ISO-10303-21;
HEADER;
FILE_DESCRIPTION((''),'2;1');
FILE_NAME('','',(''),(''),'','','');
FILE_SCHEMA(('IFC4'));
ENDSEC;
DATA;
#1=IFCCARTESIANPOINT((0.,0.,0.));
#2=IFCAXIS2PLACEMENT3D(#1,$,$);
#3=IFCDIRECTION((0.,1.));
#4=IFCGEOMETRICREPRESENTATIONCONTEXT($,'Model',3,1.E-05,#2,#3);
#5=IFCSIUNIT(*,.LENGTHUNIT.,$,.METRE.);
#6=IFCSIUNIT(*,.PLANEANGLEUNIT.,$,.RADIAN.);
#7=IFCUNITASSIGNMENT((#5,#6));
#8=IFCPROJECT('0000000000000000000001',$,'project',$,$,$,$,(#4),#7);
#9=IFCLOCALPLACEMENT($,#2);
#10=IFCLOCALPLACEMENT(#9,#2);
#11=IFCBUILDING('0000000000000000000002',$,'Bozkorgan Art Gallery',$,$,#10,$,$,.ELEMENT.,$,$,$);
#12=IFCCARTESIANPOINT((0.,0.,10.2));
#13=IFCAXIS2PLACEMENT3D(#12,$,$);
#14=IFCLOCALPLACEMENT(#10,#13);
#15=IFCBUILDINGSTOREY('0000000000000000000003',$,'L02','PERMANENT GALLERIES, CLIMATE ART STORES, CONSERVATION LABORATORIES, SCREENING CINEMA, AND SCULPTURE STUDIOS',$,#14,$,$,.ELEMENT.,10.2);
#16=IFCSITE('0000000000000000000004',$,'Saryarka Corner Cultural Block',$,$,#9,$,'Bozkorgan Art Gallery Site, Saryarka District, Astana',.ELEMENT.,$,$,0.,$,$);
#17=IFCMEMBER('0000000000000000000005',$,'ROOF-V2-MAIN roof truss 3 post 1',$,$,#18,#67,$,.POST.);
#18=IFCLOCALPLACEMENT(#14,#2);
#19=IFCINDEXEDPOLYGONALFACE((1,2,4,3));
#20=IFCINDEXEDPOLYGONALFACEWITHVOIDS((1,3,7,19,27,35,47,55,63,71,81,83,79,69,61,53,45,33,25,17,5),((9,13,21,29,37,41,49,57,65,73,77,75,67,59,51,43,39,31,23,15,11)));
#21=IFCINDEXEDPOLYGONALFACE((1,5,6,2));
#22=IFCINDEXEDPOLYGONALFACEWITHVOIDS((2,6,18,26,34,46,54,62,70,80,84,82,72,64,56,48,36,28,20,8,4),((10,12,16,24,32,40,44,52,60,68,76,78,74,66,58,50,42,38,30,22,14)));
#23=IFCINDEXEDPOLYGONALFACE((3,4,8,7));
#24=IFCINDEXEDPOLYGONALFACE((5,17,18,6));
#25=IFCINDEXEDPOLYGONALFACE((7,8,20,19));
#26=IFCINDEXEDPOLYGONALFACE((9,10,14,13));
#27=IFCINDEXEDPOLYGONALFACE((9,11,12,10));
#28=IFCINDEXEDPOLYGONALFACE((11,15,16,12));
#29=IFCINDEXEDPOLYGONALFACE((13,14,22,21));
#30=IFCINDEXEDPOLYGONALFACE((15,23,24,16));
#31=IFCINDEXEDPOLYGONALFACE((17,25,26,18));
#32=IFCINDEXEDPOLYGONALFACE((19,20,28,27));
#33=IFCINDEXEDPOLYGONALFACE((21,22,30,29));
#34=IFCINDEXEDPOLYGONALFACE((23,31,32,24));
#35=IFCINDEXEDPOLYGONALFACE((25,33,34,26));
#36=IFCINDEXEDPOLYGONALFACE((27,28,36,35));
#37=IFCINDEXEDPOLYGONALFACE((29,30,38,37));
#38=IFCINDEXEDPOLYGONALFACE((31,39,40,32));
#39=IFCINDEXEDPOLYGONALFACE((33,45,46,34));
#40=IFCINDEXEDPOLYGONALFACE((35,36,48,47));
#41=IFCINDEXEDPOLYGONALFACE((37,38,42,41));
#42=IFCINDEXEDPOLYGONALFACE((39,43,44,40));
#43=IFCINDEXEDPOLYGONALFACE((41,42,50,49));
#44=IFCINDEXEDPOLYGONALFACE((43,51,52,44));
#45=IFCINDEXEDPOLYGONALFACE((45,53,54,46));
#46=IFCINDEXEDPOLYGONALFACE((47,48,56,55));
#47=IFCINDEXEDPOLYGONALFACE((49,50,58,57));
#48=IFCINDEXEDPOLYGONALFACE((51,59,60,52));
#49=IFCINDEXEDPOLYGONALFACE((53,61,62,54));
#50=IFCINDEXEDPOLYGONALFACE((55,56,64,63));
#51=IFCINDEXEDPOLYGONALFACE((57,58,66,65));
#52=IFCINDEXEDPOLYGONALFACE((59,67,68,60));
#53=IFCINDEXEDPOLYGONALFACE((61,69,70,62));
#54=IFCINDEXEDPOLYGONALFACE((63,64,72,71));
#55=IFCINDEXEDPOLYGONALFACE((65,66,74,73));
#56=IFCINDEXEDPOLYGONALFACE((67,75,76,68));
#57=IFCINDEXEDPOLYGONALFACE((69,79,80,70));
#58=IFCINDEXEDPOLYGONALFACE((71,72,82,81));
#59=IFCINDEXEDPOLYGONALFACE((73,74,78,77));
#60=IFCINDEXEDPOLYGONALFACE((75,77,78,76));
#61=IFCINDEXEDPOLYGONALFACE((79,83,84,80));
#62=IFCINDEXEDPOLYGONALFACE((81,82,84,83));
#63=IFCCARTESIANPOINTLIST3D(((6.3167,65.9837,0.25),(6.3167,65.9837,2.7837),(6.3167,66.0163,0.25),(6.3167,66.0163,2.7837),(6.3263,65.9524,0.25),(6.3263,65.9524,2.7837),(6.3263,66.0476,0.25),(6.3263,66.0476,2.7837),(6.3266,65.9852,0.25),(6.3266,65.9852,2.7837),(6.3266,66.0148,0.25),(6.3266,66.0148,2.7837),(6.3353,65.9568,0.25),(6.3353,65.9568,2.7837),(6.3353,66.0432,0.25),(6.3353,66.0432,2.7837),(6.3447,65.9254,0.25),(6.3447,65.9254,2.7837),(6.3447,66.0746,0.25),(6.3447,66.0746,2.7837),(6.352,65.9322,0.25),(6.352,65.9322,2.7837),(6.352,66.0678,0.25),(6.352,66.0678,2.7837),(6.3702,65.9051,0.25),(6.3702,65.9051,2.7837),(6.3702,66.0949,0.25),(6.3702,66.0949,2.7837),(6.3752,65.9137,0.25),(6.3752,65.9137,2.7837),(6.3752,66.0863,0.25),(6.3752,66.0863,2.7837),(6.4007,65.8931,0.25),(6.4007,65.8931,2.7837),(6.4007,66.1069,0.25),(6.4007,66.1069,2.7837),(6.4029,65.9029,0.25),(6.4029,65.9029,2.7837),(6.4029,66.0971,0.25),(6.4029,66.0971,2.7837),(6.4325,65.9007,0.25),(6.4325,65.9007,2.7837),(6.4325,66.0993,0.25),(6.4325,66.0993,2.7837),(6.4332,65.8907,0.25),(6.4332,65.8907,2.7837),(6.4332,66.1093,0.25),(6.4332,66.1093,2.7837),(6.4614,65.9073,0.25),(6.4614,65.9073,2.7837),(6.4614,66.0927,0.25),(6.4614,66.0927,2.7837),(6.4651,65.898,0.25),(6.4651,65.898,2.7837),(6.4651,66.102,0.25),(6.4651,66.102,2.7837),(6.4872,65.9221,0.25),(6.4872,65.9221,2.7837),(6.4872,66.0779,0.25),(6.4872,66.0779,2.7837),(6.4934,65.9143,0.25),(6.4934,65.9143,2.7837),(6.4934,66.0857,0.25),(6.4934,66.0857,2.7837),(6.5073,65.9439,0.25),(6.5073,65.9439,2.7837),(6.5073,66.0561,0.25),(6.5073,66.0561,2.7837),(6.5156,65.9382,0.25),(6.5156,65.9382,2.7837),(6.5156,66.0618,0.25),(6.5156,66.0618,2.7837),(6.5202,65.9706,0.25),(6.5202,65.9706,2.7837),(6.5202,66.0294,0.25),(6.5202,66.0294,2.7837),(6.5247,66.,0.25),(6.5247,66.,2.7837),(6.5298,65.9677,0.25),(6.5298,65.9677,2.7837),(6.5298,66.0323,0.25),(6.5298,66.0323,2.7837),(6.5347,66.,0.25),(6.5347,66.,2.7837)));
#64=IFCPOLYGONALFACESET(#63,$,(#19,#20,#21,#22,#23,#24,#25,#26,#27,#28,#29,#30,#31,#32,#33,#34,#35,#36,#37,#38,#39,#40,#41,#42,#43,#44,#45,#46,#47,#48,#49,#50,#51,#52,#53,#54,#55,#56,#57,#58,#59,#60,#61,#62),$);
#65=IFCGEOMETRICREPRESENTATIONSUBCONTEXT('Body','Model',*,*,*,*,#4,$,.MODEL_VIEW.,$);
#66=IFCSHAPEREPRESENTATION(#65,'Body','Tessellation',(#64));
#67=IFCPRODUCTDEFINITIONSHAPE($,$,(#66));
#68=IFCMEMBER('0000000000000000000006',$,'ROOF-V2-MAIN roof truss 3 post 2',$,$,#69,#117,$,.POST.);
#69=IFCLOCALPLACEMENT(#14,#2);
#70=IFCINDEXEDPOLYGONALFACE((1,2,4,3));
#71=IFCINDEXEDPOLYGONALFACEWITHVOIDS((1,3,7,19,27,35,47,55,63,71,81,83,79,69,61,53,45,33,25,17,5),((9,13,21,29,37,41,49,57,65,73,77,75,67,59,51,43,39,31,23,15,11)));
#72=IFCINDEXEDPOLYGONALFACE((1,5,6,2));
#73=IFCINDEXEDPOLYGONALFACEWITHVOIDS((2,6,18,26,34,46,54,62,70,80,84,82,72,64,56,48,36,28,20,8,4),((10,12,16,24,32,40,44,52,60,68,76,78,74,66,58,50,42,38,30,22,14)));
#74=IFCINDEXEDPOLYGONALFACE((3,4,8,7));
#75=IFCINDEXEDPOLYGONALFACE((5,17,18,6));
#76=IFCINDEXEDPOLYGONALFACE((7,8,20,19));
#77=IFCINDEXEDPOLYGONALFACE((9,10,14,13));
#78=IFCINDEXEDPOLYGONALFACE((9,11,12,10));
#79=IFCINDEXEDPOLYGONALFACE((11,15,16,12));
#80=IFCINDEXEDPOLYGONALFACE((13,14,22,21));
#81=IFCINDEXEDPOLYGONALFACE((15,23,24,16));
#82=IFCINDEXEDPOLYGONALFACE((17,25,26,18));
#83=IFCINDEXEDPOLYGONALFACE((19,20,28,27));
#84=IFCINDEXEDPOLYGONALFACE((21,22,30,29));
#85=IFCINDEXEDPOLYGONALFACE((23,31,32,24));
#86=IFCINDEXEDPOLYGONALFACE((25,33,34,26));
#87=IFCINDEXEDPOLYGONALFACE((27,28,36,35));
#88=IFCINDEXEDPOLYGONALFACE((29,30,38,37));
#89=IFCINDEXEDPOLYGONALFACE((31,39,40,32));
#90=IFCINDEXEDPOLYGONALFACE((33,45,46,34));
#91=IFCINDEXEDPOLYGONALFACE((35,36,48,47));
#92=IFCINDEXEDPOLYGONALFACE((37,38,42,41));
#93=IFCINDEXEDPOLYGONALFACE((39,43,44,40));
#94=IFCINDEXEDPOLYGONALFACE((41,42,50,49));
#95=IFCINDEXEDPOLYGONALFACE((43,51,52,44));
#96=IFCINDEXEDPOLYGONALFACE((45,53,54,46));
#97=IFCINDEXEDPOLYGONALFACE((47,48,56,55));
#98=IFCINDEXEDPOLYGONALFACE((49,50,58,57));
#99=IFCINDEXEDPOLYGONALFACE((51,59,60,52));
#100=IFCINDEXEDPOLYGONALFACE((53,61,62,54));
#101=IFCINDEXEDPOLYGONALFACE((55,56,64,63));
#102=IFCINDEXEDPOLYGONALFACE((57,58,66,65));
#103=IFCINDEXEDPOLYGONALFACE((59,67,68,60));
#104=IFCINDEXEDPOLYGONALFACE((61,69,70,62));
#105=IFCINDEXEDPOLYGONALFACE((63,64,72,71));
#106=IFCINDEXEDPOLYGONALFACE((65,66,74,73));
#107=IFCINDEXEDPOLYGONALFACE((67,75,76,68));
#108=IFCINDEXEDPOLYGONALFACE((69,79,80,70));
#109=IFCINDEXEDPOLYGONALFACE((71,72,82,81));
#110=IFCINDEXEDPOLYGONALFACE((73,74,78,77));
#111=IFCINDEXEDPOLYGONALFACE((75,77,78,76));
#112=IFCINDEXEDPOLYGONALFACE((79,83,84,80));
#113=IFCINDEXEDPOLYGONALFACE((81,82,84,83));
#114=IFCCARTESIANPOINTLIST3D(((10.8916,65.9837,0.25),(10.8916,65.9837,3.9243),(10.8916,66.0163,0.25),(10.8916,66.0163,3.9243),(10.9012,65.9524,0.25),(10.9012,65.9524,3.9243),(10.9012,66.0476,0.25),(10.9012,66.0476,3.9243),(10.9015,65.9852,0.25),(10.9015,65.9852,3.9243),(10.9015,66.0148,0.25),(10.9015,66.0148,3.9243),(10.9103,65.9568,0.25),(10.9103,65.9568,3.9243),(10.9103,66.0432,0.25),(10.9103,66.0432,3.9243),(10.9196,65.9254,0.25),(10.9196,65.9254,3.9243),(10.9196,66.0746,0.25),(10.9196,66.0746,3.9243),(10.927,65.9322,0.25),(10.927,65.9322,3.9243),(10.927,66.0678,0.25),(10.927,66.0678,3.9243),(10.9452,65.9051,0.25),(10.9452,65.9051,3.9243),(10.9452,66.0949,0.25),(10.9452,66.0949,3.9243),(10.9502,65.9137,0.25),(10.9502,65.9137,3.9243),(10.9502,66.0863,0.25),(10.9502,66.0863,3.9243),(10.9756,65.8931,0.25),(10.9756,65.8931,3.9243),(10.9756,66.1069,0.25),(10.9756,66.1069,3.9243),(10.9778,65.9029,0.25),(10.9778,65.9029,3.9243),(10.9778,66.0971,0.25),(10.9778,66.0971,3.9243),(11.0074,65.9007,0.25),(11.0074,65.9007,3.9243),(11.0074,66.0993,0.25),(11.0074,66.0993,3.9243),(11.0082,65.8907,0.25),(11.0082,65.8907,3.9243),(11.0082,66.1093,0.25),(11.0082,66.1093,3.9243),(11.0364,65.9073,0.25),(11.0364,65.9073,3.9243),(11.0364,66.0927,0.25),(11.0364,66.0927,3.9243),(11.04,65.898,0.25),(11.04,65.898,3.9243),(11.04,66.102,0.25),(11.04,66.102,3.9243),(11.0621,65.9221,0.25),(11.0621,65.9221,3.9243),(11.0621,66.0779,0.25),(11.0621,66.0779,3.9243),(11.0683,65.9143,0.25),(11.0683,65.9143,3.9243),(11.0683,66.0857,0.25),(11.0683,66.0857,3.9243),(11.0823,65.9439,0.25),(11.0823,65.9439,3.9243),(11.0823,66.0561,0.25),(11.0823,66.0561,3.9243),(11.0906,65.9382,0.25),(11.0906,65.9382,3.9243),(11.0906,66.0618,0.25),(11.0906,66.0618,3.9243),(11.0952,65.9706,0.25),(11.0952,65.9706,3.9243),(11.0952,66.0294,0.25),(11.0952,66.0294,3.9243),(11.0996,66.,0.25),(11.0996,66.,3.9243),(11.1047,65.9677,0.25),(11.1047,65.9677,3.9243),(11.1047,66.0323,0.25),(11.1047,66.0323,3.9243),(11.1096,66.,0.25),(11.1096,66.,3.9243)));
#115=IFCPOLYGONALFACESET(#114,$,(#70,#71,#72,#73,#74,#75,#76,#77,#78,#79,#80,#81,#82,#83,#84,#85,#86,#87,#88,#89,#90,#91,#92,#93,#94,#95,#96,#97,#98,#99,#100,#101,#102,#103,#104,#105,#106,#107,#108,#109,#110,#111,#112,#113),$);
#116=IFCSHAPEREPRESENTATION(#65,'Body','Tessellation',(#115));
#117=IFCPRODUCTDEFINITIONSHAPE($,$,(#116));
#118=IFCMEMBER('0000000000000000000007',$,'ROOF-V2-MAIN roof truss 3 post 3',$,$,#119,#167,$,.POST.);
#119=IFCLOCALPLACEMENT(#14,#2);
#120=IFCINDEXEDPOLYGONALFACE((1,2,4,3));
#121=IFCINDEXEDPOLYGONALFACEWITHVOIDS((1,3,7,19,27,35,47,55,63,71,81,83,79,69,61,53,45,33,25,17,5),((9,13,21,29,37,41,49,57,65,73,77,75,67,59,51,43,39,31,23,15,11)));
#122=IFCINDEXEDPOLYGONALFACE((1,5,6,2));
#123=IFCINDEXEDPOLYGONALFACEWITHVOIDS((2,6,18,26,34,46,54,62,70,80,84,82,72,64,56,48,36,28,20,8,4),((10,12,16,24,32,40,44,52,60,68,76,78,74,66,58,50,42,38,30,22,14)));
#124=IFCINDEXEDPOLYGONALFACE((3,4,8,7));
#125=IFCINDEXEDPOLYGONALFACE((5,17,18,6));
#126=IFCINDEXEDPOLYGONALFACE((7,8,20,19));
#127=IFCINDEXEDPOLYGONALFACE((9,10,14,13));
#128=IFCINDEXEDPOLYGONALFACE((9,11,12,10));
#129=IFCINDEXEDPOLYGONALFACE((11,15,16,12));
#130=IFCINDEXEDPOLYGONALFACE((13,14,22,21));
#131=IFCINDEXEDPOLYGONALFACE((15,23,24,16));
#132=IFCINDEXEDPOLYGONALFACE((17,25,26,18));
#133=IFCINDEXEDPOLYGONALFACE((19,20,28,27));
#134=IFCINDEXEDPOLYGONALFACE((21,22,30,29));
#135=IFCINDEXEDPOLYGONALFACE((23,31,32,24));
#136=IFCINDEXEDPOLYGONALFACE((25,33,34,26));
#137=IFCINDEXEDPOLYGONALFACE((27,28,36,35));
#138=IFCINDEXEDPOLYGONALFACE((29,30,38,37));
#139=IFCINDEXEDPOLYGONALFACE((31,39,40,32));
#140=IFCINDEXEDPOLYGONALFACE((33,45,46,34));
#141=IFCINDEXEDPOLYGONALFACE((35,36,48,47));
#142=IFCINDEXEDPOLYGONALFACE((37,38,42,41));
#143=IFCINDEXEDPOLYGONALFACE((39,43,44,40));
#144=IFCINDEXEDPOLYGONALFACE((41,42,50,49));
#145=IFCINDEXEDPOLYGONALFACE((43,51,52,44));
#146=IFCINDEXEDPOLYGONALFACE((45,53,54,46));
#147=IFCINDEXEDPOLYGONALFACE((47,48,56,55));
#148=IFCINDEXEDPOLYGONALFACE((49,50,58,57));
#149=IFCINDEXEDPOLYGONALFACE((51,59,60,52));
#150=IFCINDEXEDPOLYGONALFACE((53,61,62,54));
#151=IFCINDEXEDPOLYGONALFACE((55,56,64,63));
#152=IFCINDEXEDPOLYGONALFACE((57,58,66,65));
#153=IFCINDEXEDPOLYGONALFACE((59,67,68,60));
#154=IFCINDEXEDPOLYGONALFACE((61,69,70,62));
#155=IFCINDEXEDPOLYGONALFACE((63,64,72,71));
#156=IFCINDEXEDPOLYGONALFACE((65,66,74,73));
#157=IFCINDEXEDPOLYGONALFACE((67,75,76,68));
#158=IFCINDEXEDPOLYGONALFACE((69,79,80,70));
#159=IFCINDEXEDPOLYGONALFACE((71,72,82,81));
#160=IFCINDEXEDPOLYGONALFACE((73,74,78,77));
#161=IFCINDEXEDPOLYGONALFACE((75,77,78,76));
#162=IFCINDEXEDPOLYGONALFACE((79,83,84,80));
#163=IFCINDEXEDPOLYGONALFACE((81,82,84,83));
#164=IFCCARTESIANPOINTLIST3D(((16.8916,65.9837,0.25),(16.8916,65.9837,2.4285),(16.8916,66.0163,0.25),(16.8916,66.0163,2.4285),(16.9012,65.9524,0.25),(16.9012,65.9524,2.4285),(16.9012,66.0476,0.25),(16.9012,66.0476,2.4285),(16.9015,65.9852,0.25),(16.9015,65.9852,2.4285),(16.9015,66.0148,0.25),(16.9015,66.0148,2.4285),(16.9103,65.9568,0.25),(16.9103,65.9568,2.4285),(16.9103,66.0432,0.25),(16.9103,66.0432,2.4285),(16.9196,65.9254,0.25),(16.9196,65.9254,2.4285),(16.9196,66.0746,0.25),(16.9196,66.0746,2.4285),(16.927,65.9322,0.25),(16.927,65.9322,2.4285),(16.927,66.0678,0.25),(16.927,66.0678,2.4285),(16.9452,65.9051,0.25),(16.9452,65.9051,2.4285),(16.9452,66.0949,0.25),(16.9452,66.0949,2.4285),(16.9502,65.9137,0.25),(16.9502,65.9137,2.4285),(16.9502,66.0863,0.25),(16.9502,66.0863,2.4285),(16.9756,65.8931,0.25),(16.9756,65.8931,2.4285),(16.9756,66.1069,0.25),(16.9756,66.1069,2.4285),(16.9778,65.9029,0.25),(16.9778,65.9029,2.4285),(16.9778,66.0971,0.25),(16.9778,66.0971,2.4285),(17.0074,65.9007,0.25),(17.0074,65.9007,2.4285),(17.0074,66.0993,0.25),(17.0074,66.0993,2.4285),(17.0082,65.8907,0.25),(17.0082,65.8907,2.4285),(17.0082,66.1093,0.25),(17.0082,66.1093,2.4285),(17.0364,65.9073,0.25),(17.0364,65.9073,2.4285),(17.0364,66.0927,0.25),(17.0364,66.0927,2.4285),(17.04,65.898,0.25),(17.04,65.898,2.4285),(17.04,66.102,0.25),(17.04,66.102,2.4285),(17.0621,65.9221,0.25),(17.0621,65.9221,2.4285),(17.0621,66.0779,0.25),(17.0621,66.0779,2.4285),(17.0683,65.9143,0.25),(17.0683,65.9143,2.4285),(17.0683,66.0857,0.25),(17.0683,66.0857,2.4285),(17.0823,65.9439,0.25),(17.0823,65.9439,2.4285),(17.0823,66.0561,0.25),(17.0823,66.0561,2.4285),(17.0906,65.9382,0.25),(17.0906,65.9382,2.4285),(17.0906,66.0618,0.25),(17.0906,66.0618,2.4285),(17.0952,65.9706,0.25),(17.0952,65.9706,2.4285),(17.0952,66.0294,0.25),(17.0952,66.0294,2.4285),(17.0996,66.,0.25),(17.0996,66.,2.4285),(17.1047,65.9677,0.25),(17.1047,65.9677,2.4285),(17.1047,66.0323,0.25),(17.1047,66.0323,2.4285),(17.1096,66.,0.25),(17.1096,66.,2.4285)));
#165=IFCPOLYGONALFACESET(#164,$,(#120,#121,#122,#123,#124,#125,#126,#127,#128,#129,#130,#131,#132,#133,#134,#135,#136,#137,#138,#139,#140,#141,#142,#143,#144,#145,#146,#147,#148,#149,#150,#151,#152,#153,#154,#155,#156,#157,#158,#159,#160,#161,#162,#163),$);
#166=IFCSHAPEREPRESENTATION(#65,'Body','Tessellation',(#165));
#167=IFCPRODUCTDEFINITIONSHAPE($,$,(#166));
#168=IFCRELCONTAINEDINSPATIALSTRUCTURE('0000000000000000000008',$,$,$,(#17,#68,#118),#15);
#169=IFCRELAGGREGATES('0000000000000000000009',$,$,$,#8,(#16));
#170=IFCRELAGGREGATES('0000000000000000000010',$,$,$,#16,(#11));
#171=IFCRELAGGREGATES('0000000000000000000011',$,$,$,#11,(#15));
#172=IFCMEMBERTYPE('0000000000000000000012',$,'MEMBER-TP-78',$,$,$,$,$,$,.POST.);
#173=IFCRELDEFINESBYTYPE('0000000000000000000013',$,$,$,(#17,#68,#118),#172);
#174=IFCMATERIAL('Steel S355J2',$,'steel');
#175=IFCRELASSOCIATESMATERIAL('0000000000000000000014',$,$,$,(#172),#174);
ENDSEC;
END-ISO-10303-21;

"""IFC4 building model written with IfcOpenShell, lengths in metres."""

from ifc_helpers import new_model, si_unit, direction, frame, origin, origin_2d, place, context, subcontext, project, spatial, hollow_circle, extrude, material, material_profile, profile_set, type_object, element, save


model = new_model("IFC4")

# Units and contexts
model_context = context("Model", 3, precision=1e-05, world=origin(), true_north=direction((0.0, 1.0)))
body_context = subcontext(model_context, "Body", "Model", "MODEL_VIEW")
ifc_project = project(units=[si_unit("LENGTHUNIT", "METRE"), si_unit("PLANEANGLEUNIT", "RADIAN")], contexts=[model_context])

# Site, building, storey
site_placement = place(None, origin())
site = spatial("IfcSite", under=ifc_project, at=site_placement, Name="Saryarka Corner Cultural Block", LongName="Bozkorgan Art Gallery Site, Saryarka District, Astana", CompositionType="ELEMENT", RefElevation=0.0)
building_placement = place(site_placement, origin())
building = spatial("IfcBuilding", under=site, at=building_placement, Name="Bozkorgan Art Gallery", CompositionType="ELEMENT")
storey_placement = place(building_placement, frame((0.0, 0.0, 10.2)))
storey = spatial("IfcBuildingStorey", under=building, at=storey_placement, Name="L02", Description="PERMANENT GALLERIES, CLIMATE ART STORES, CONSERVATION LABORATORIES, SCREENING CINEMA, AND SCULPTURE STUDIOS", CompositionType="ELEMENT", Elevation=10.2)

# Shared definitions
ifc_material_1 = material(Name="Steel S355J2", Category="steel")

# Members
ifc_material_profile_1 = material_profile(ifc_material_1, hollow_circle(Radius=0.1096, WallThickness=0.01, at=origin_2d()), Name="CHS 219.1x10")
ifc_profile_set_1 = profile_set([ifc_material_profile_1], Name="Steel S355J2")
member_type_1 = type_object("IfcMemberType", Name="MEMBER-TP-78", PredefinedType="POST", material=ifc_profile_set_1)
member_1_placement = place(storey_placement, frame((6.425, 66.0, 0.25), z_axis=(0.0, 0.0, 1.0), x_axis=(1.0, 0.0, 0.0)))
element("IfcMember", 1, at=member_1_placement, inside=storey, type_object=member_type_1, Name="ROOF-V2-MAIN roof truss 3 post 1", PredefinedType="POST", context=body_context, shape_type="SweptSolid", body=[
    extrude(hollow_circle(Radius=0.1096, WallThickness=0.01, at=origin_2d()), origin(), (0.0, 0.0, 1.0), 2.5337),
])
member_2_placement = place(storey_placement, frame((11.0, 66.0, 0.25), z_axis=(0.0, 0.0, 1.0), x_axis=(1.0, 0.0, 0.0)))
element("IfcMember", 2, at=member_2_placement, inside=storey, type_object=member_type_1, Name="ROOF-V2-MAIN roof truss 3 post 2", PredefinedType="POST", context=body_context, shape_type="SweptSolid", body=[
    extrude(hollow_circle(Radius=0.1096, WallThickness=0.01, at=origin_2d()), origin(), (0.0, 0.0, 1.0), 3.6743),
])
member_3_placement = place(storey_placement, frame((17.0, 66.0, 0.25), z_axis=(0.0, 0.0, 1.0), x_axis=(1.0, 0.0, 0.0)))
element("IfcMember", 3, at=member_3_placement, inside=storey, type_object=member_type_1, Name="ROOF-V2-MAIN roof truss 3 post 3", PredefinedType="POST", context=body_context, shape_type="SweptSolid", body=[
    extrude(hollow_circle(Radius=0.1096, WallThickness=0.01, at=origin_2d()), origin(), (0.0, 0.0, 1.0), 2.1785),
])

save(model, "model.ifc")
